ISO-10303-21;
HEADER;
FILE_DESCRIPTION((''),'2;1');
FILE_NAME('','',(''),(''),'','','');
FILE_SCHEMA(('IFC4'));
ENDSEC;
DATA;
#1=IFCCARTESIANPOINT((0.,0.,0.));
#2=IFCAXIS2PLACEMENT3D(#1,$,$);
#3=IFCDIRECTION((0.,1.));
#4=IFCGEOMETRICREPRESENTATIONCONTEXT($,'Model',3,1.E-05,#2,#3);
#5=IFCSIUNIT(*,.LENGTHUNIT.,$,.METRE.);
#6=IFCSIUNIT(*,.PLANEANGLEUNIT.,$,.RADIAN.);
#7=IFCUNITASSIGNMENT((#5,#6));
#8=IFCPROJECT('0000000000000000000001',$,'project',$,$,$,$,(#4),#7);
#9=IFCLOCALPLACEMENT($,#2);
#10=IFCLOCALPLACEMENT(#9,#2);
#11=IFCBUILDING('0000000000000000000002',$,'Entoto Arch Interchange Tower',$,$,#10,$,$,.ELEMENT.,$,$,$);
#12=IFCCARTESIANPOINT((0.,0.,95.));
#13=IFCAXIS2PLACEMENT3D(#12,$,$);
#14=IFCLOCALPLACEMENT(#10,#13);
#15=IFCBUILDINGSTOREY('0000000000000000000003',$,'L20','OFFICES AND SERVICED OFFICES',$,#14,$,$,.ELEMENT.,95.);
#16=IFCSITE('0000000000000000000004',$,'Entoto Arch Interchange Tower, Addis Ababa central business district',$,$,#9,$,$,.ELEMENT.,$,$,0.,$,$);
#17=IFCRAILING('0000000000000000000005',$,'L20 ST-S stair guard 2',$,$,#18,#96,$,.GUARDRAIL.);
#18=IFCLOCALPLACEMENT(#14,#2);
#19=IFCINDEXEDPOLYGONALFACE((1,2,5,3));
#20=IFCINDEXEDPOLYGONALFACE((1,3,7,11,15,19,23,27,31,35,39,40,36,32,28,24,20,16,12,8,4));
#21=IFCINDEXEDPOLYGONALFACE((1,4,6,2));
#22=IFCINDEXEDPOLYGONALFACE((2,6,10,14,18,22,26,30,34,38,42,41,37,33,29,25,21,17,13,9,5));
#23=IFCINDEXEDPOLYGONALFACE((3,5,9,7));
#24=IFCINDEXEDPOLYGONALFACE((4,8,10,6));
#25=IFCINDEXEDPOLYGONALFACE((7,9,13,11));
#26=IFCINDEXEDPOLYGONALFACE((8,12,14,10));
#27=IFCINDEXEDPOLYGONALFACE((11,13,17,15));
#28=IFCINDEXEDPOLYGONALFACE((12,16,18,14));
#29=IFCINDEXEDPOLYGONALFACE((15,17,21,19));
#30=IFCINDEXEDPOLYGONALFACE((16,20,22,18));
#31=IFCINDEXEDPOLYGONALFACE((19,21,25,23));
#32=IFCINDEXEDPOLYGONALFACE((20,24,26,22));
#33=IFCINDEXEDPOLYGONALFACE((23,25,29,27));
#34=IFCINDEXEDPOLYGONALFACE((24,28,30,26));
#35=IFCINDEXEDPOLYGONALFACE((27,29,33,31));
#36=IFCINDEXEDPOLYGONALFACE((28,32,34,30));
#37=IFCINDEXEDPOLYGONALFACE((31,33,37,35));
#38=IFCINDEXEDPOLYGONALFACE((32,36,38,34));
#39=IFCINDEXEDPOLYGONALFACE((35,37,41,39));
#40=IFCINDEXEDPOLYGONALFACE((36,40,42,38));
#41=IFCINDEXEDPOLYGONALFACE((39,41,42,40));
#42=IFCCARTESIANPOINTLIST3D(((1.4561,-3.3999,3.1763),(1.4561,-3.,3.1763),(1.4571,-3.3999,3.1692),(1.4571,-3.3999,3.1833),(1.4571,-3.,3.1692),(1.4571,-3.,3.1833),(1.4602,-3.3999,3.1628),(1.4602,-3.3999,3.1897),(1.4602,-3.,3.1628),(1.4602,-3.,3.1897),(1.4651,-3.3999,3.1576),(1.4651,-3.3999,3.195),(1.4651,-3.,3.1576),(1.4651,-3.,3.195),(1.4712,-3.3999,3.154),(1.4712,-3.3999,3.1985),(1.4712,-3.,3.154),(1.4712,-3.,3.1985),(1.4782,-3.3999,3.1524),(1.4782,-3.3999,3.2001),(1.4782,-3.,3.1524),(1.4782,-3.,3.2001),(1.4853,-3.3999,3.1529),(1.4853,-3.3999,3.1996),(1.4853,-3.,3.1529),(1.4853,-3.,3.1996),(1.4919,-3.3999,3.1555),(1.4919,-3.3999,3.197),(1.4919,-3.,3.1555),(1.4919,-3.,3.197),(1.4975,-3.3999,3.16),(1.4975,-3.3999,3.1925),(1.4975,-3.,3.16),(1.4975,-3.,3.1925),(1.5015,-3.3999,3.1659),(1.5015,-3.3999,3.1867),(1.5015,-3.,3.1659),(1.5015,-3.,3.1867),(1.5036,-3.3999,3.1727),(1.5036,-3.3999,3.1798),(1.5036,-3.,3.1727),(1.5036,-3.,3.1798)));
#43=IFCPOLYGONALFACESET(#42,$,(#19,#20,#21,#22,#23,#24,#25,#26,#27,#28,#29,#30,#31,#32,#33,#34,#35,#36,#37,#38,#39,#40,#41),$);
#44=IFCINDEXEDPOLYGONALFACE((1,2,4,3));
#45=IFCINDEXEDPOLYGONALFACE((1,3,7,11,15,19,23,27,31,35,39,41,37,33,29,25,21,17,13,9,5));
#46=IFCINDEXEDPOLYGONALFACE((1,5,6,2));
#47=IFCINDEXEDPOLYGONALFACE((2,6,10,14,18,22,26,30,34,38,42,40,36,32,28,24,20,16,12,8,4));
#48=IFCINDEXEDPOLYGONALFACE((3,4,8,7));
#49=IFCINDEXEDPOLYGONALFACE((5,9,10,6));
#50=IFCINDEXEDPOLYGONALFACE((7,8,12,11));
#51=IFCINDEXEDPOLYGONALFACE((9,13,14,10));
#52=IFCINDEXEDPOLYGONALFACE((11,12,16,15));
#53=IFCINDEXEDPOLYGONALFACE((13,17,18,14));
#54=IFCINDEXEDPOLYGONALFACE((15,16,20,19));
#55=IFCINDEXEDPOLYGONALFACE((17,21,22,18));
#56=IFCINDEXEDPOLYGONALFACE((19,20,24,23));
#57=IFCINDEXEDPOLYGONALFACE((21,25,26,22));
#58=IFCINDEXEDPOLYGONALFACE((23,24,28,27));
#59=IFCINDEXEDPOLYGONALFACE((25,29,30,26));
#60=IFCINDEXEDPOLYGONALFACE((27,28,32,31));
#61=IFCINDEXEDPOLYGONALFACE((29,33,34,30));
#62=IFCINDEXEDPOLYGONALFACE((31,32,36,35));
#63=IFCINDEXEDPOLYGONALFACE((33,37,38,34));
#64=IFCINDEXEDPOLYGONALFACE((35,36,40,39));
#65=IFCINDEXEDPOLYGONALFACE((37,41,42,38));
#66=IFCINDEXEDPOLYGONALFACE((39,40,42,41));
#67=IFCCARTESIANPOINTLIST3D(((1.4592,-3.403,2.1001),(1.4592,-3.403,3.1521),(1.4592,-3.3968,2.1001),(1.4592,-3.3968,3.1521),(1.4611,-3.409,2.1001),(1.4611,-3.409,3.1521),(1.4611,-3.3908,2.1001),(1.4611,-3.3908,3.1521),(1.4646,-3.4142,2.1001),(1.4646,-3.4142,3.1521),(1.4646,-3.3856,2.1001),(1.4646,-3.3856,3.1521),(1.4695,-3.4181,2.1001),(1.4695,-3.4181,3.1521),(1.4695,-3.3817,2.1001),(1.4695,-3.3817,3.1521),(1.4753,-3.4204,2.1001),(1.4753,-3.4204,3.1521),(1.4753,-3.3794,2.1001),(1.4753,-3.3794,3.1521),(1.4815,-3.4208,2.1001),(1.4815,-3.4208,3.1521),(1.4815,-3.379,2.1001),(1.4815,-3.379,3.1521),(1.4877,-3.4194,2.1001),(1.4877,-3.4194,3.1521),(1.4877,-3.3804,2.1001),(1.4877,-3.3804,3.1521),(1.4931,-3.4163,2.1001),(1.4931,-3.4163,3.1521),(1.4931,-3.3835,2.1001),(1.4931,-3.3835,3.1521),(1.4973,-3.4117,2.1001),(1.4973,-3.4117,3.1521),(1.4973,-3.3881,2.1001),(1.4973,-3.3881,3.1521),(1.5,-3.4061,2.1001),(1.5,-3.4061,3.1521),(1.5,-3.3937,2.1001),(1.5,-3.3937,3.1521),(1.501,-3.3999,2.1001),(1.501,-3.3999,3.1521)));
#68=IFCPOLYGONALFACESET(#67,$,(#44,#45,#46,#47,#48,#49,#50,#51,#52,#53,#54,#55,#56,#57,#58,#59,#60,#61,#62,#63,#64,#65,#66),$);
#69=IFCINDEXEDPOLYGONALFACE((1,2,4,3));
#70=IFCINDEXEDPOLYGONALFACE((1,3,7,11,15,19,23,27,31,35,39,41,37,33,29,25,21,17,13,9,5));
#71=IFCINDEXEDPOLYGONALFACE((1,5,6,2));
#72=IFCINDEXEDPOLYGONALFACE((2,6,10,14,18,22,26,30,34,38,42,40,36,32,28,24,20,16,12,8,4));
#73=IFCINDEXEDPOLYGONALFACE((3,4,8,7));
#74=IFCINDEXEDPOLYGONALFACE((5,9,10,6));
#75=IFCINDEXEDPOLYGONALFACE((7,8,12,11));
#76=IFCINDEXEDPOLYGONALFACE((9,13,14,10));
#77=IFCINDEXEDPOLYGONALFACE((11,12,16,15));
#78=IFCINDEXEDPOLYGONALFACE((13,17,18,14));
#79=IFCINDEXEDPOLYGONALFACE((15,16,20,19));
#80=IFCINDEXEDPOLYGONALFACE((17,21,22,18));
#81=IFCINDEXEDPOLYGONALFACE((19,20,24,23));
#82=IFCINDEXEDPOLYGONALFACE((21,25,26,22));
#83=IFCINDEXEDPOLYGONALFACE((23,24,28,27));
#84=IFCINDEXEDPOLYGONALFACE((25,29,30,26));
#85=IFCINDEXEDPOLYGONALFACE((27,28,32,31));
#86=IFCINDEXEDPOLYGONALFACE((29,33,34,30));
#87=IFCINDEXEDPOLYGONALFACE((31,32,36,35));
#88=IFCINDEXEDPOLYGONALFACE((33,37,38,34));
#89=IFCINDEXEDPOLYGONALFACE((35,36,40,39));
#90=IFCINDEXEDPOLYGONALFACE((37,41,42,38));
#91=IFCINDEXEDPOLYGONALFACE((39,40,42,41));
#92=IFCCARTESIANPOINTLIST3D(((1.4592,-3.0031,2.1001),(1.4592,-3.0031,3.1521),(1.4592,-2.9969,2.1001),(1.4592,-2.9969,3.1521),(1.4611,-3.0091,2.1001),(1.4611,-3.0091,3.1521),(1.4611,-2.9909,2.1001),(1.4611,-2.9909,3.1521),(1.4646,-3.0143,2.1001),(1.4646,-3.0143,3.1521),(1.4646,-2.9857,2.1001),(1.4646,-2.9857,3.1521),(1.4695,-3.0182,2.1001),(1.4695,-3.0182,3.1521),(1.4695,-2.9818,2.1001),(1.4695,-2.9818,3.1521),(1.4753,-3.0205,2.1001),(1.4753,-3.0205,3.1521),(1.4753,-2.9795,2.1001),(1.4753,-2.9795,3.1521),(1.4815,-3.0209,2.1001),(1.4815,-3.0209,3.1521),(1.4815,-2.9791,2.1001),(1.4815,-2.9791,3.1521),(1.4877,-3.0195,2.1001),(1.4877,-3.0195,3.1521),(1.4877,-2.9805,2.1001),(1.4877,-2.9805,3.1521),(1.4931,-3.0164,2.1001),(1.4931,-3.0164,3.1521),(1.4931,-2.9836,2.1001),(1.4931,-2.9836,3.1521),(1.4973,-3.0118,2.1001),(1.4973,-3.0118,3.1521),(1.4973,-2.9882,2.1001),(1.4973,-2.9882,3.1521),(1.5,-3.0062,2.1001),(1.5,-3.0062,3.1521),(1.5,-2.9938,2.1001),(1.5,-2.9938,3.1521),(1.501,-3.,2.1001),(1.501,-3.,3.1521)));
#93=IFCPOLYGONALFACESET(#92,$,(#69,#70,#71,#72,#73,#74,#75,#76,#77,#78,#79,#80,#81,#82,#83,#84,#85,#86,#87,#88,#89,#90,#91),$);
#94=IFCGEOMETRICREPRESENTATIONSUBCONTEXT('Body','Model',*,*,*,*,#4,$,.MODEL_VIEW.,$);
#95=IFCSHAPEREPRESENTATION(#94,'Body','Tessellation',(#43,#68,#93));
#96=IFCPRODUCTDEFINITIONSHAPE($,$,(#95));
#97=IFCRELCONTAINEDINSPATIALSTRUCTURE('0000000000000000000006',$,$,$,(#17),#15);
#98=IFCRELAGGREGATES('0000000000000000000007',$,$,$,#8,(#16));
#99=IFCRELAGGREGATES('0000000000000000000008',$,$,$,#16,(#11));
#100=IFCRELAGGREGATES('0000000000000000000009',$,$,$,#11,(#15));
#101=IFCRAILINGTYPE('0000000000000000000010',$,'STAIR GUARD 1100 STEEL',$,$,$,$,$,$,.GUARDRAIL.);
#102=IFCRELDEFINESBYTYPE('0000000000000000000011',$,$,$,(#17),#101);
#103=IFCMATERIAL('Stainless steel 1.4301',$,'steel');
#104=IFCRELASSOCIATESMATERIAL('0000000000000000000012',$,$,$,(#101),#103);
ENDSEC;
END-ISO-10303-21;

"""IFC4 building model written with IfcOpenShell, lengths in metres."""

from ifc_helpers import new_model, si_unit, direction, frame, origin, origin_2d, place, context, subcontext, project, spatial, circle, extrude, material, type_object, element, save


model = new_model("IFC4")

# Units and contexts
model_context = context("Model", 3, precision=1e-05, world=origin(), true_north=direction((0.0, 1.0)))
body_context = subcontext(model_context, "Body", "Model", "MODEL_VIEW")
ifc_project = project(units=[si_unit("LENGTHUNIT", "METRE"), si_unit("PLANEANGLEUNIT", "RADIAN")], contexts=[model_context])

# Site, building, storey
site_placement = place(None, origin())
site = spatial("IfcSite", under=ifc_project, at=site_placement, Name="Entoto Arch Interchange Tower, Addis Ababa central business district", CompositionType="ELEMENT", RefElevation=0.0)
building_placement = place(site_placement, origin())
building = spatial("IfcBuilding", under=site, at=building_placement, Name="Entoto Arch Interchange Tower", CompositionType="ELEMENT")
storey_placement = place(building_placement, frame((0.0, 0.0, 95.0)))
storey = spatial("IfcBuildingStorey", under=building, at=storey_placement, Name="L20", Description="OFFICES AND SERVICED OFFICES", CompositionType="ELEMENT", Elevation=95.0)

# Railing
ifc_material_1 = material(Name="Stainless steel 1.4301", Category="steel")
railing_type_1 = type_object("IfcRailingType", Name="STAIR GUARD 1100 STEEL", PredefinedType="GUARDRAIL", material=ifc_material_1)
railing_1_placement = place(storey_placement, frame((1.48, -3.3999, 2.1001)))
element("IfcRailing", 1, at=railing_1_placement, inside=storey, type_object=railing_type_1, Name="L20 ST-S stair guard 2", PredefinedType="GUARDRAIL", context=body_context, shape_type="SweptSolid", body=[
    extrude(circle(Radius=0.0239, at=origin_2d()), frame((0.0, 0.0, 1.0762), z_axis=(0.0, 1.0, 0.0), x_axis=(-1.0, 0.0, 0.0)), (0.0, 0.0, 1.0), 0.3999),
    extrude(circle(Radius=0.021, at=origin_2d()), origin(), (0.0, 0.0, 1.0), 1.052),
    extrude(circle(Radius=0.021, at=origin_2d()), frame((0.0, 0.3999, 0.0)), (0.0, 0.0, 1.0), 1.052),
])

save(model, "model.ifc")
